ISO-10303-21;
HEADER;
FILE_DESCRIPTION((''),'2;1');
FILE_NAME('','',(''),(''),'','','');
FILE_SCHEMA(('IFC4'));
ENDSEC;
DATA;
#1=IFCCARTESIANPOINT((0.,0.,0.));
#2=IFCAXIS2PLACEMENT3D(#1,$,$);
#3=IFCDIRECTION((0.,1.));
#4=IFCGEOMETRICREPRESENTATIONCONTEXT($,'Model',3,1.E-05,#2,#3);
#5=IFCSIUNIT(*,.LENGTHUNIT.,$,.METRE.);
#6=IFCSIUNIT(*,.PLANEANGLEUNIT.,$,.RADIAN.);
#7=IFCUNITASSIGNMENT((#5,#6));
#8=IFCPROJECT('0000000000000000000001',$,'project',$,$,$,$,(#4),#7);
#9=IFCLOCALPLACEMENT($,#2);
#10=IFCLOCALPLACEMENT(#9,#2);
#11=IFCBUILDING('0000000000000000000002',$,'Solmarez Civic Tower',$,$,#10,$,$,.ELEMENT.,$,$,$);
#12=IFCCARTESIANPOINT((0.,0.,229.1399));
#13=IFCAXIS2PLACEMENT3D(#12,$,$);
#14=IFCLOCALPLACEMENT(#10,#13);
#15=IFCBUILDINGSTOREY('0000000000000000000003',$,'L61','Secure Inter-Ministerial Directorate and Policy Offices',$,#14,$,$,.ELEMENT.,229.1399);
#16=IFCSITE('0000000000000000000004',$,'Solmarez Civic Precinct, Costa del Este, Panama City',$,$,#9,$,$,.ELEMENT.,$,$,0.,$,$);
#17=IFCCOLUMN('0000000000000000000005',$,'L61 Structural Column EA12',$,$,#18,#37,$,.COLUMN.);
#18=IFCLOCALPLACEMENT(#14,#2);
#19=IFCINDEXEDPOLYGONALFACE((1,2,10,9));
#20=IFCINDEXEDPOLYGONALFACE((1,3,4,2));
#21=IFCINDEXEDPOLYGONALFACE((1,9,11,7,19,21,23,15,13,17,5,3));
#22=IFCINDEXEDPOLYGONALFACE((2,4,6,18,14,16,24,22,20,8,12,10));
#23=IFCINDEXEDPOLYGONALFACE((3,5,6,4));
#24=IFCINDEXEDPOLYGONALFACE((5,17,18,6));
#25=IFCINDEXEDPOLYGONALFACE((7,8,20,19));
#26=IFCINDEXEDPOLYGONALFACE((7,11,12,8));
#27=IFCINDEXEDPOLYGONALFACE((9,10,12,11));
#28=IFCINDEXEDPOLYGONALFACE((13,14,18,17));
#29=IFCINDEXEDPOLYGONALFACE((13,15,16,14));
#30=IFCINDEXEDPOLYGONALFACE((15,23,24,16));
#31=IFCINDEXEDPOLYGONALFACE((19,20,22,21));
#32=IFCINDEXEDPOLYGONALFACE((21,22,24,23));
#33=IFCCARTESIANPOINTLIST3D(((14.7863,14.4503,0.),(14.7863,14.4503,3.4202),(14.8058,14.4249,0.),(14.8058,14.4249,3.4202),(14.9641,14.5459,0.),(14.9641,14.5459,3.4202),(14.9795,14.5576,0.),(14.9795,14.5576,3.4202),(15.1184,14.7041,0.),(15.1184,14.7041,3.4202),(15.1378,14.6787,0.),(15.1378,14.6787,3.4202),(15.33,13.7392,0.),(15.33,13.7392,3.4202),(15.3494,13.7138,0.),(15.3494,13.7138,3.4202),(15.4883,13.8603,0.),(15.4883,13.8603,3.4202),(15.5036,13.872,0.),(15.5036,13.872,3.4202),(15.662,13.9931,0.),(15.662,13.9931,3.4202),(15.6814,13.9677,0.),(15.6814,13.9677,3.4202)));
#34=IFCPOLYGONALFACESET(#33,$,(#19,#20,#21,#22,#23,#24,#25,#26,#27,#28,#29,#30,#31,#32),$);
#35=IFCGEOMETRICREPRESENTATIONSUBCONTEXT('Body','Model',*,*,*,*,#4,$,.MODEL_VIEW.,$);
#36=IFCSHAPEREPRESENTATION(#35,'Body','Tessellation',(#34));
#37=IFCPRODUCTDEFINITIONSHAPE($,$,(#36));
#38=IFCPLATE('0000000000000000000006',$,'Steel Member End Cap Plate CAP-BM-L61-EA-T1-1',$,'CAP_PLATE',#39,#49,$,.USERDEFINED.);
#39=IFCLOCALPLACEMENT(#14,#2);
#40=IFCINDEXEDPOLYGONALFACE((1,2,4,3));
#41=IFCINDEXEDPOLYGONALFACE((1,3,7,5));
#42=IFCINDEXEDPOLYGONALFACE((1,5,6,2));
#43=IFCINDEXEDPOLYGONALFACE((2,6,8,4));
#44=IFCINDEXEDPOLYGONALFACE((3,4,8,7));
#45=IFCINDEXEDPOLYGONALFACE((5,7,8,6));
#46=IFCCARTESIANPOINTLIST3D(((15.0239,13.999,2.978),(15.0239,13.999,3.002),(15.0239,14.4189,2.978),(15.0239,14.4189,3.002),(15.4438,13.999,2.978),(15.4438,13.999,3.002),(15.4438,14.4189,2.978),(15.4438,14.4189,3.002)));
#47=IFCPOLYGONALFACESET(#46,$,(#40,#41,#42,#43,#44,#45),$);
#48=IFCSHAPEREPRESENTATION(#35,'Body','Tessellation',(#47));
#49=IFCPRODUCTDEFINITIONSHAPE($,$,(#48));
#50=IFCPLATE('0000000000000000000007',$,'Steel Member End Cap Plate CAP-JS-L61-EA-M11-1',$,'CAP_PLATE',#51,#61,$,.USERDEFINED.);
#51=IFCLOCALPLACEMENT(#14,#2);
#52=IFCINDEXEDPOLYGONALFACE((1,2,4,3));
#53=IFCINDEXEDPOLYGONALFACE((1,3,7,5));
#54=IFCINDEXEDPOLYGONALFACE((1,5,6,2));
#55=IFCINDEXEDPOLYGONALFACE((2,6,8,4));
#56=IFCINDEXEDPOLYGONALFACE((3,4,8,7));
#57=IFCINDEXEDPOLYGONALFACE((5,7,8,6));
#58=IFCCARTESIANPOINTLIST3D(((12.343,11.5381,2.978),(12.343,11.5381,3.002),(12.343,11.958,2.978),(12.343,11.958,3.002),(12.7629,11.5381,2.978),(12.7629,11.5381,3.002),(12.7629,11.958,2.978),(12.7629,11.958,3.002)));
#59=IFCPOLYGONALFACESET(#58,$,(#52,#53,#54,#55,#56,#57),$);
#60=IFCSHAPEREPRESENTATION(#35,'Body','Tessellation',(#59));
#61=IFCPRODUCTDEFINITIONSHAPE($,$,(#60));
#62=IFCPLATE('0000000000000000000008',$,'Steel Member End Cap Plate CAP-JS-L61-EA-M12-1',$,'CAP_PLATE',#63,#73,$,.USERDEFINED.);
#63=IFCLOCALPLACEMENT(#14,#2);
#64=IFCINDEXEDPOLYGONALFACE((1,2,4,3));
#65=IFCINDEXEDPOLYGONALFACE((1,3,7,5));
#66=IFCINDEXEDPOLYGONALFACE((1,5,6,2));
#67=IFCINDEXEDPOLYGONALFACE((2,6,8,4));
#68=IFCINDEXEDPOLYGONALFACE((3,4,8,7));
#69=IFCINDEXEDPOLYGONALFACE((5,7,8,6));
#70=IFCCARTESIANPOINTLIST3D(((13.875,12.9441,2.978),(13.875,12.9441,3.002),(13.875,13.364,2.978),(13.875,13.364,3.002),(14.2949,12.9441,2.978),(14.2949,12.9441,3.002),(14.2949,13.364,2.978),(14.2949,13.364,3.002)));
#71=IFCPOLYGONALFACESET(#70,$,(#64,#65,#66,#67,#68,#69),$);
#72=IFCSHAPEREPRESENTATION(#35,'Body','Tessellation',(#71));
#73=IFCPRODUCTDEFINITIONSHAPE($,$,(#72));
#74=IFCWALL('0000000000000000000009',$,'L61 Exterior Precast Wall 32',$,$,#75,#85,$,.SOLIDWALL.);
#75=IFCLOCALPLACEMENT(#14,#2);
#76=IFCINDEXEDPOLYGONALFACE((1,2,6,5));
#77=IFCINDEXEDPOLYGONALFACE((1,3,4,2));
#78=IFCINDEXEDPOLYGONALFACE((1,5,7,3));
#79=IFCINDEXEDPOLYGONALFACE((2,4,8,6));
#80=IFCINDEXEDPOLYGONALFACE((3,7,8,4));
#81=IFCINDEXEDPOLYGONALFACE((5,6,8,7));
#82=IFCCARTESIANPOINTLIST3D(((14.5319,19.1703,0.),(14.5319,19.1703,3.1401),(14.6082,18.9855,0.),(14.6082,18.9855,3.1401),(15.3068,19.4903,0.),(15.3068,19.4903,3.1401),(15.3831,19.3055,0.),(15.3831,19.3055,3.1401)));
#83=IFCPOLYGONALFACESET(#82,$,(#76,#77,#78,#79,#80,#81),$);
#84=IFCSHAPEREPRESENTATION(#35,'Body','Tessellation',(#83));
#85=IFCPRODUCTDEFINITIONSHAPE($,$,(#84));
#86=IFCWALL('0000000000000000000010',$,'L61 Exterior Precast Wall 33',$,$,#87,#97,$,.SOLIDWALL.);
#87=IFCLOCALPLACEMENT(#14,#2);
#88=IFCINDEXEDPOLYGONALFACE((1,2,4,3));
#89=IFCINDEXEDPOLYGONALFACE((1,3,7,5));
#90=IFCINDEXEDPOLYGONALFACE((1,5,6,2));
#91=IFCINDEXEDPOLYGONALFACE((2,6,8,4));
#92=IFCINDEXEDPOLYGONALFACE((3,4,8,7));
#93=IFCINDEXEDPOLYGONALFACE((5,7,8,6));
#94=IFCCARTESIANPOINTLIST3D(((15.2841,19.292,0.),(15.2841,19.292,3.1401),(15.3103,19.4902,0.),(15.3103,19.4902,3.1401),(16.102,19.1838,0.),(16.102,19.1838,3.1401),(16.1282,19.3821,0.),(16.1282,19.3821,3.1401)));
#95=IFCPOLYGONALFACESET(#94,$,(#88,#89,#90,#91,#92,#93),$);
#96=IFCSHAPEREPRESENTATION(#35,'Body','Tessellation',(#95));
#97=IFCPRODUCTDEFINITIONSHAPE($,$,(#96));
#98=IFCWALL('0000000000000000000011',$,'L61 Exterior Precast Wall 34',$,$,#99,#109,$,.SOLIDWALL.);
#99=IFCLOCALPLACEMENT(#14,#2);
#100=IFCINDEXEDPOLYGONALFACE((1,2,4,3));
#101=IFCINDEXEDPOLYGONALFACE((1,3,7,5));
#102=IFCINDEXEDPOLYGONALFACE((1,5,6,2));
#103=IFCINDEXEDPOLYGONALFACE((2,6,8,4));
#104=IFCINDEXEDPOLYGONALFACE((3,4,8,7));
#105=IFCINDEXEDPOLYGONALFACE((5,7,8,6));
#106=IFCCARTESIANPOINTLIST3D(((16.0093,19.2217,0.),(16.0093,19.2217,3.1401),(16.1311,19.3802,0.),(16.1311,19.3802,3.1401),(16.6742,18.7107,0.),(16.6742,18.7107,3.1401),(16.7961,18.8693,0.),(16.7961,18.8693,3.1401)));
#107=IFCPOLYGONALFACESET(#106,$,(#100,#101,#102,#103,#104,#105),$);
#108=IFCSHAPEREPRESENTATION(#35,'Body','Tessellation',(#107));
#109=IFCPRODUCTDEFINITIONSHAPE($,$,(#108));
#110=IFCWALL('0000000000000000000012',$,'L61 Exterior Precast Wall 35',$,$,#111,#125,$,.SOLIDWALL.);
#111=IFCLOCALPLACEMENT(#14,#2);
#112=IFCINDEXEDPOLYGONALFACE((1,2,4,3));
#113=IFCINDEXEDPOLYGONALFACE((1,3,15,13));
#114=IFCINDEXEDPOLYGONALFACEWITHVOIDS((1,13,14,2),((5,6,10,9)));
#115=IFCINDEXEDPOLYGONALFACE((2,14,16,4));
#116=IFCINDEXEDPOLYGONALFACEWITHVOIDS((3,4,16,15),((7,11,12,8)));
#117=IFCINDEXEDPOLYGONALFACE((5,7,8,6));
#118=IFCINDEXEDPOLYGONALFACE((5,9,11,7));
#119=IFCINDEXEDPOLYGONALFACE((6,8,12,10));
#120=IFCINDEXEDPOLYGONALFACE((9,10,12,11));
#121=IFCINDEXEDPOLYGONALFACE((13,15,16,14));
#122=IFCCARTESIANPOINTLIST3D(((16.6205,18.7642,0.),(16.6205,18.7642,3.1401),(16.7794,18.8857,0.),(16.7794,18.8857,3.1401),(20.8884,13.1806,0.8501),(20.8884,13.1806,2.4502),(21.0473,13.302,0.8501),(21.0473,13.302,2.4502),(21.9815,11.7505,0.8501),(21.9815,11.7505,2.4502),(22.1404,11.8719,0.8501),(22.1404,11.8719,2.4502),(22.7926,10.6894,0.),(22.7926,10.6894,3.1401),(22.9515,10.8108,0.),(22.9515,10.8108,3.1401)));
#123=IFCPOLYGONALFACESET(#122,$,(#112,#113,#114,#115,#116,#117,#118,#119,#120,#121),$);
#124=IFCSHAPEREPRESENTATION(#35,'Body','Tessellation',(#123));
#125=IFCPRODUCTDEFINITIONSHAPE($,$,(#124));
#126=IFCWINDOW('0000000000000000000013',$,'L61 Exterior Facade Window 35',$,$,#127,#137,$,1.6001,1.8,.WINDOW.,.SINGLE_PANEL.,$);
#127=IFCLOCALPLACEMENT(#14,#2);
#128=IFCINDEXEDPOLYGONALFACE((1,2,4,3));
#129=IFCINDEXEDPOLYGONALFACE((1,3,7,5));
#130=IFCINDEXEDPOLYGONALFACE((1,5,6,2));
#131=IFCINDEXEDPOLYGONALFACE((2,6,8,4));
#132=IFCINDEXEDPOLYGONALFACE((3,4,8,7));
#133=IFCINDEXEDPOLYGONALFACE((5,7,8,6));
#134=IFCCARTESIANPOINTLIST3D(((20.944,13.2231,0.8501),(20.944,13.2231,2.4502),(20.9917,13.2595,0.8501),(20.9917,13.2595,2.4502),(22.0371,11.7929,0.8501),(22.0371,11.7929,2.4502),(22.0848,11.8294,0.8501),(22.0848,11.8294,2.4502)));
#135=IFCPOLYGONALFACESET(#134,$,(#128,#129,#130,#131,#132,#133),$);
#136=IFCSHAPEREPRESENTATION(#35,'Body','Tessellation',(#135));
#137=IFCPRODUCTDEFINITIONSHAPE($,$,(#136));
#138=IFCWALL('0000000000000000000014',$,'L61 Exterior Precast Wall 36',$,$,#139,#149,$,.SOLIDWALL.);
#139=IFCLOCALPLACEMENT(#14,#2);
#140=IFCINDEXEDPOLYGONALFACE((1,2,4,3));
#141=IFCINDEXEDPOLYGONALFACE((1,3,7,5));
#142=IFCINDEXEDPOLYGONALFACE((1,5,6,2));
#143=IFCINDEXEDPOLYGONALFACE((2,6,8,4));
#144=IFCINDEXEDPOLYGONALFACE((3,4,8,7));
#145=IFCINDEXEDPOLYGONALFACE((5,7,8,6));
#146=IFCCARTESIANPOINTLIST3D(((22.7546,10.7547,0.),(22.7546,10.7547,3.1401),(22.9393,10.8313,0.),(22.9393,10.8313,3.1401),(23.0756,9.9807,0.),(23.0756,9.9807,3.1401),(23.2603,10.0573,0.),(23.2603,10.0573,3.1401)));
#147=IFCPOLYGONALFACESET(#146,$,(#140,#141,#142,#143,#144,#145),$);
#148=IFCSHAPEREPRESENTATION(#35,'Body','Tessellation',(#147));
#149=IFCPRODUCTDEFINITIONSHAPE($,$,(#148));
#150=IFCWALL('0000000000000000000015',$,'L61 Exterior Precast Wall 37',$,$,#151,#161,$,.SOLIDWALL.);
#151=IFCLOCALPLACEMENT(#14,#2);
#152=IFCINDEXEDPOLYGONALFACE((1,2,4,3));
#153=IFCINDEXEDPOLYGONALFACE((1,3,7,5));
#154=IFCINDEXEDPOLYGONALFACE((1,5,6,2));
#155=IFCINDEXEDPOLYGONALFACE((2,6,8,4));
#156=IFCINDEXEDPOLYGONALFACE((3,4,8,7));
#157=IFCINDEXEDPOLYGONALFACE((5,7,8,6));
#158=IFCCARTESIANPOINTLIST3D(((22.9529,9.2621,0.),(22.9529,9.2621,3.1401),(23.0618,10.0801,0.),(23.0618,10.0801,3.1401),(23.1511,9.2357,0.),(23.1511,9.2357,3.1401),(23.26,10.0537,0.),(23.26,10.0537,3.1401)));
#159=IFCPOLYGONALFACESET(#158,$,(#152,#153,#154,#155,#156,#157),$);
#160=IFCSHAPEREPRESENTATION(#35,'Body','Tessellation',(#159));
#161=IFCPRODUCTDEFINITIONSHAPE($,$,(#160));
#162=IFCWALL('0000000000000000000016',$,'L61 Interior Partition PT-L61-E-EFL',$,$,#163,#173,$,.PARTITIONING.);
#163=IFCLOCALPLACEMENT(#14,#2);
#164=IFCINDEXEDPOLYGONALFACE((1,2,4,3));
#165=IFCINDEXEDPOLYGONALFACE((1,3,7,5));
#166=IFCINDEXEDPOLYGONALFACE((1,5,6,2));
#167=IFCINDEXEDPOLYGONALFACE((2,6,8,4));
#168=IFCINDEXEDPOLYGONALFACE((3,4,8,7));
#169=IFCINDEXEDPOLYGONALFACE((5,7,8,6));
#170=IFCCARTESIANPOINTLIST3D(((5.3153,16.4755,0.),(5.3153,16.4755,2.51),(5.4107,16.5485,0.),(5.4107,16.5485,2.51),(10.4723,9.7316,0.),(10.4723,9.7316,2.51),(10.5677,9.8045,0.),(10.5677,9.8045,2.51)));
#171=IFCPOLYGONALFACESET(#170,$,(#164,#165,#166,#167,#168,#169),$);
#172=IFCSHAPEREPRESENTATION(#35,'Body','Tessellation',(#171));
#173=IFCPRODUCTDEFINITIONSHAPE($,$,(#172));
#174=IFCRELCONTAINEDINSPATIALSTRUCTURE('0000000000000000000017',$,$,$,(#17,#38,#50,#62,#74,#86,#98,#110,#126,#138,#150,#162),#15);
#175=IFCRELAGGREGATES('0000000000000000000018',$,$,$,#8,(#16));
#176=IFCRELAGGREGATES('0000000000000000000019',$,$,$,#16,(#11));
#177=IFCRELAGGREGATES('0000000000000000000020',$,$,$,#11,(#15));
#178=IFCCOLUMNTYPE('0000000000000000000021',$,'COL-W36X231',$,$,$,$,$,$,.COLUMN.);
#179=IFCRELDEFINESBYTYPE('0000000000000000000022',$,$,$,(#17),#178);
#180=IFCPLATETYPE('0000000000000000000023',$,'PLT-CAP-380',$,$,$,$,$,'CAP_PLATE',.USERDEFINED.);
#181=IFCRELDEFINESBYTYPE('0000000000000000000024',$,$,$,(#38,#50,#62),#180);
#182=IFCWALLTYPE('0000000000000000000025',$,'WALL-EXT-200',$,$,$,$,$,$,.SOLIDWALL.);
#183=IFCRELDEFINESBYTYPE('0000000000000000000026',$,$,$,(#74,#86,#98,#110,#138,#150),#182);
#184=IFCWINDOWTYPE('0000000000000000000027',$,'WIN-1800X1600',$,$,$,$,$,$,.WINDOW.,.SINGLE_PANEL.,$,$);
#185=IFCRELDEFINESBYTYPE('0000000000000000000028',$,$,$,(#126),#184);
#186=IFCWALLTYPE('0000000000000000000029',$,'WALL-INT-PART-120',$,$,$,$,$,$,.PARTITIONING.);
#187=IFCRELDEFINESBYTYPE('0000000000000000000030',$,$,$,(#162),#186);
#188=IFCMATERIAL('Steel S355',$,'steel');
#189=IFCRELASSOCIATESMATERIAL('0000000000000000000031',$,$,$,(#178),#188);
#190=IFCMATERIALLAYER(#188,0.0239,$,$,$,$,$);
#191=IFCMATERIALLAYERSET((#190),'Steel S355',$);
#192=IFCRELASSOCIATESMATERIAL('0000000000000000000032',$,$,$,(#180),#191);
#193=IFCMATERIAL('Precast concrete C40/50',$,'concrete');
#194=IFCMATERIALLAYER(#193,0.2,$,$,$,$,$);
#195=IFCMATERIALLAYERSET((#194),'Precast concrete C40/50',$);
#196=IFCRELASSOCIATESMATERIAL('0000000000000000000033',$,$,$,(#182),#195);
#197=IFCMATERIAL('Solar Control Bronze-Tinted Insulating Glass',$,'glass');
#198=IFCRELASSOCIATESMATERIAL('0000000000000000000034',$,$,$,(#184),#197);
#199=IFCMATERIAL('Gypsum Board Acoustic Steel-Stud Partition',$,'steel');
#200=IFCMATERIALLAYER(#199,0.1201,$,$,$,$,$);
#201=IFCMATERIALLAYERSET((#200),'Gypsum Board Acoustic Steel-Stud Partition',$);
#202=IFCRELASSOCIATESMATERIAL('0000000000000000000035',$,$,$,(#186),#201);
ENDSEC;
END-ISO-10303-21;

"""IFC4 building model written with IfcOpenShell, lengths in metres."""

from ifc_helpers import new_model, si_unit, direction, frame, frame_2d, origin, origin_2d, place, context, subcontext, project, spatial, rectangle, i_section, extrude, material, layer, layer_set, material_profile, profile_set, type_object, element, fill, save


model = new_model("IFC4")

# Units and contexts
model_context = context("Model", 3, precision=1e-05, world=origin(), true_north=direction((0.0, 1.0)))
body_context = subcontext(model_context, "Body", "Model", "MODEL_VIEW")
ifc_project = project(units=[si_unit("LENGTHUNIT", "METRE"), si_unit("PLANEANGLEUNIT", "RADIAN")], contexts=[model_context])

# Site, building, storey
site_placement = place(None, origin())
site = spatial("IfcSite", under=ifc_project, at=site_placement, Name="Solmarez Civic Precinct, Costa del Este, Panama City", CompositionType="ELEMENT", RefElevation=0.0)
building_placement = place(site_placement, origin())
building = spatial("IfcBuilding", under=site, at=building_placement, Name="Solmarez Civic Tower", CompositionType="ELEMENT")
storey_placement = place(building_placement, frame((0.0, 0.0, 229.1399)))
storey = spatial("IfcBuildingStorey", under=building, at=storey_placement, Name="L61", Description="Secure Inter-Ministerial Directorate and Policy Offices", CompositionType="ELEMENT", Elevation=229.1399)

# Column
ifc_material_1 = material(Name="Steel S355", Category="steel")
ifc_material_profile = material_profile(ifc_material_1, i_section(OverallWidth=0.418, OverallDepth=0.927, WebThickness=0.0193, FlangeThickness=0.032, at=origin_2d()), Name="W36X231")
ifc_profile_set = profile_set([ifc_material_profile], Name="Steel S355")
column_type = type_object("IfcColumnType", Name="COL-W36X231", PredefinedType="COLUMN", material=ifc_profile_set)
column_placement = place(storey_placement, frame((15.2339, 14.209, 0.0), z_axis=(0.0, 0.0, 1.0), x_axis=(0.794415, 0.607376, 0.0)))
element("IfcColumn", 1, at=column_placement, inside=storey, type_object=column_type, Name="L61 Structural Column EA12", PredefinedType="COLUMN", context=body_context, shape_type="SweptSolid", body=[
    extrude(i_section(OverallWidth=0.418, OverallDepth=0.927, WebThickness=0.0193, FlangeThickness=0.032, at=origin_2d()), origin(), (0.0, 0.0, 1.0), 3.4202),
])

# Plates
ifc_layer_1 = layer(ifc_material_1, 0.0239)
ifc_layer_set_1 = layer_set([ifc_layer_1], Name="Steel S355")
plate_type = type_object("IfcPlateType", Name="PLT-CAP-380", ElementType="CAP_PLATE", PredefinedType="USERDEFINED", material=ifc_layer_set_1)
for number, where, z_axis, x_axis, name in (
    (2, (15.2339, 14.209, 2.978), (0.0, 0.0, 1.0), (1.0, 0.0, 0.0), "Steel Member End Cap Plate CAP-BM-L61-EA-T1-1"),
    (3, (12.553, 11.748, 2.978), (0.0, 0.0, 1.0), (1.0, 0.0, 0.0), "Steel Member End Cap Plate CAP-JS-L61-EA-M11-1"),
    (4, (14.085, 13.1541, 2.978), (0.0, 0.0, 1.0), (1.0, 0.0, 0.0), "Steel Member End Cap Plate CAP-JS-L61-EA-M12-1"),
):
    element("IfcPlate", number, at=place(storey_placement, frame(where, z_axis=z_axis, x_axis=x_axis)), inside=storey, type_object=plate_type, Name=name, ObjectType="CAP_PLATE", PredefinedType="USERDEFINED", context=body_context, shape_type="SweptSolid", body=[
        extrude(rectangle(XDim=0.4199, YDim=0.4199, at=origin_2d()), origin(), (0.0, 0.0, 1.0), 0.0239),
    ])

# Walls
ifc_material_2 = material(Name="Precast concrete C40/50", Category="concrete")
ifc_layer_2 = layer(ifc_material_2, 0.2)
ifc_layer_set_2 = layer_set([ifc_layer_2], Name="Precast concrete C40/50")
wall_type_1 = type_object("IfcWallType", Name="WALL-EXT-200", PredefinedType="SOLIDWALL", material=ifc_layer_set_2)
wall_1_placement = place(storey_placement, frame((14.5701, 19.0779, 0.0), z_axis=(0.0, 0.0, 1.0), x_axis=(0.924261, 0.38176, 0.0)))
element("IfcWall", 5, at=wall_1_placement, inside=storey, type_object=wall_type_1, Name="L61 Exterior Precast Wall 32", PredefinedType="SOLIDWALL", context=body_context, shape_type="SweptSolid", body=[
    extrude(rectangle(XDim=0.8384, YDim=0.2, at=frame_2d((0.4192, 0.0))), origin(), (0.0, 0.0, 1.0), 3.1401),
])
wall_2_placement = place(storey_placement, frame((15.2971, 19.3911, 0.0), z_axis=(0.0, 0.0, 1.0), x_axis=(0.991369, -0.131098, 0.0)))
element("IfcWall", 6, at=wall_2_placement, inside=storey, type_object=wall_type_1, Name="L61 Exterior Precast Wall 33", PredefinedType="SOLIDWALL", context=body_context, shape_type="SweptSolid", body=[
    extrude(rectangle(XDim=0.825, YDim=0.2, at=frame_2d((0.4126, 0.0))), origin(), (0.0, 0.0, 1.0), 3.1401),
])
wall_3_placement = place(storey_placement, frame((16.0701, 19.301, 0.0), z_axis=(0.0, 0.0, 1.0), x_axis=(0.792959, -0.609275, 0.0)))
element("IfcWall", 7, at=wall_3_placement, inside=storey, type_object=wall_type_1, Name="L61 Exterior Precast Wall 34", PredefinedType="SOLIDWALL", context=body_context, shape_type="SweptSolid", body=[
    extrude(rectangle(XDim=0.8386, YDim=0.2, at=frame_2d((0.4194, 0.0))), origin(), (0.0, 0.0, 1.0), 3.1401),
])

# Wall, opening, window
wall_4_placement = place(storey_placement, frame((16.7, 18.825, 0.0), z_axis=(0.0, 0.0, 1.0), x_axis=(0.607274, -0.794493, 0.0)))
wall_4 = element("IfcWall", 8, at=wall_4_placement, inside=storey, type_object=wall_type_1, Name="L61 Exterior Precast Wall 35", PredefinedType="SOLIDWALL", context=body_context, shape_type="SweptSolid", body=[
    extrude(rectangle(XDim=10.1636, YDim=0.2, at=frame_2d((5.0818, 0.0))), origin(), (0.0, 0.0, 1.0), 3.1401),
])
opening_1_placement = place(wall_4_placement, frame((7.0281, 0.0, 0.8501)))
opening_1 = element("IfcOpeningElement", 9, at=opening_1_placement, cuts=wall_4, PredefinedType="OPENING", context=body_context, shape_type="SweptSolid", body=[
    extrude(rectangle(XDim=1.8, YDim=1.6001, at=frame_2d((0.8999, 0.8))), frame((0.0, 0.1099, 0.0), z_axis=(0.0, -1.0, 0.0), x_axis=(1.0, 0.0, 0.0)), (0.0, 0.0, 1.0), 0.22),
])
ifc_material_3 = material(Name="Solar Control Bronze-Tinted Insulating Glass", Category="glass")
window_type = type_object("IfcWindowType", Name="WIN-1800X1600", PartitioningType="SINGLE_PANEL", PredefinedType="WINDOW", material=ifc_material_3)
window_placement = place(opening_1_placement, origin())
window = element("IfcWindow", 10, at=window_placement, inside=storey, type_object=window_type, Name="L61 Exterior Facade Window 35", OverallHeight=1.6001, OverallWidth=1.8, PartitioningType="SINGLE_PANEL", PredefinedType="WINDOW", context=body_context, shape_type="SweptSolid", body=[
    extrude(rectangle(XDim=1.8, YDim=1.6001, at=frame_2d((0.8999, 0.8))), frame((0.0, 0.03, 0.0), z_axis=(0.0, -1.0, 0.0), x_axis=(1.0, 0.0, 0.0)), (0.0, 0.0, 1.0), 0.0601),
])
fill(opening_1, window)

# Walls
wall_5_placement = place(storey_placement, frame((22.8469, 10.793, 0.0), z_axis=(0.0, 0.0, 1.0), x_axis=(0.383167, -0.923679, 0.0)))
element("IfcWall", 11, at=wall_5_placement, inside=storey, type_object=wall_type_1, Name="L61 Exterior Precast Wall 36", PredefinedType="SOLIDWALL", context=body_context, shape_type="SweptSolid", body=[
    extrude(rectangle(XDim=0.8379, YDim=0.2, at=frame_2d((0.4189, 0.0))), origin(), (0.0, 0.0, 1.0), 3.1401),
])
wall_6_placement = place(storey_placement, frame((23.1609, 10.0669, 0.0), z_axis=(0.0, 0.0, 1.0), x_axis=(-0.13197, -0.991254, 0.0)))
element("IfcWall", 12, at=wall_6_placement, inside=storey, type_object=wall_type_1, Name="L61 Exterior Precast Wall 37", PredefinedType="SOLIDWALL", context=body_context, shape_type="SweptSolid", body=[
    extrude(rectangle(XDim=0.8252, YDim=0.2, at=frame_2d((0.4126, 0.0))), origin(), (0.0, 0.0, 1.0), 3.1401),
])
ifc_material_4 = material(Name="Gypsum Board Acoustic Steel-Stud Partition", Category="steel")
ifc_layer_3 = layer(ifc_material_4, 0.1201)
ifc_layer_set_3 = layer_set([ifc_layer_3], Name="Gypsum Board Acoustic Steel-Stud Partition")
wall_type_2 = type_object("IfcWallType", Name="WALL-INT-PART-120", PredefinedType="PARTITIONING", material=ifc_layer_set_3)
wall_7_placement = place(storey_placement, frame((10.52, 9.7681, 0.0), z_axis=(0.0, 0.0, 1.0), x_axis=(-0.607442, 0.794364, 0.0)))
element("IfcWall", 13, at=wall_7_placement, inside=storey, type_object=wall_type_2, Name="L61 Interior Partition PT-L61-E-EFL", PredefinedType="PARTITIONING", context=body_context, shape_type="SweptSolid", body=[
    extrude(rectangle(XDim=8.4897, YDim=0.1201, at=frame_2d((4.2449, 0.0))), origin(), (0.0, 0.0, 1.0), 2.51),
])

save(model, "model.ifc")
